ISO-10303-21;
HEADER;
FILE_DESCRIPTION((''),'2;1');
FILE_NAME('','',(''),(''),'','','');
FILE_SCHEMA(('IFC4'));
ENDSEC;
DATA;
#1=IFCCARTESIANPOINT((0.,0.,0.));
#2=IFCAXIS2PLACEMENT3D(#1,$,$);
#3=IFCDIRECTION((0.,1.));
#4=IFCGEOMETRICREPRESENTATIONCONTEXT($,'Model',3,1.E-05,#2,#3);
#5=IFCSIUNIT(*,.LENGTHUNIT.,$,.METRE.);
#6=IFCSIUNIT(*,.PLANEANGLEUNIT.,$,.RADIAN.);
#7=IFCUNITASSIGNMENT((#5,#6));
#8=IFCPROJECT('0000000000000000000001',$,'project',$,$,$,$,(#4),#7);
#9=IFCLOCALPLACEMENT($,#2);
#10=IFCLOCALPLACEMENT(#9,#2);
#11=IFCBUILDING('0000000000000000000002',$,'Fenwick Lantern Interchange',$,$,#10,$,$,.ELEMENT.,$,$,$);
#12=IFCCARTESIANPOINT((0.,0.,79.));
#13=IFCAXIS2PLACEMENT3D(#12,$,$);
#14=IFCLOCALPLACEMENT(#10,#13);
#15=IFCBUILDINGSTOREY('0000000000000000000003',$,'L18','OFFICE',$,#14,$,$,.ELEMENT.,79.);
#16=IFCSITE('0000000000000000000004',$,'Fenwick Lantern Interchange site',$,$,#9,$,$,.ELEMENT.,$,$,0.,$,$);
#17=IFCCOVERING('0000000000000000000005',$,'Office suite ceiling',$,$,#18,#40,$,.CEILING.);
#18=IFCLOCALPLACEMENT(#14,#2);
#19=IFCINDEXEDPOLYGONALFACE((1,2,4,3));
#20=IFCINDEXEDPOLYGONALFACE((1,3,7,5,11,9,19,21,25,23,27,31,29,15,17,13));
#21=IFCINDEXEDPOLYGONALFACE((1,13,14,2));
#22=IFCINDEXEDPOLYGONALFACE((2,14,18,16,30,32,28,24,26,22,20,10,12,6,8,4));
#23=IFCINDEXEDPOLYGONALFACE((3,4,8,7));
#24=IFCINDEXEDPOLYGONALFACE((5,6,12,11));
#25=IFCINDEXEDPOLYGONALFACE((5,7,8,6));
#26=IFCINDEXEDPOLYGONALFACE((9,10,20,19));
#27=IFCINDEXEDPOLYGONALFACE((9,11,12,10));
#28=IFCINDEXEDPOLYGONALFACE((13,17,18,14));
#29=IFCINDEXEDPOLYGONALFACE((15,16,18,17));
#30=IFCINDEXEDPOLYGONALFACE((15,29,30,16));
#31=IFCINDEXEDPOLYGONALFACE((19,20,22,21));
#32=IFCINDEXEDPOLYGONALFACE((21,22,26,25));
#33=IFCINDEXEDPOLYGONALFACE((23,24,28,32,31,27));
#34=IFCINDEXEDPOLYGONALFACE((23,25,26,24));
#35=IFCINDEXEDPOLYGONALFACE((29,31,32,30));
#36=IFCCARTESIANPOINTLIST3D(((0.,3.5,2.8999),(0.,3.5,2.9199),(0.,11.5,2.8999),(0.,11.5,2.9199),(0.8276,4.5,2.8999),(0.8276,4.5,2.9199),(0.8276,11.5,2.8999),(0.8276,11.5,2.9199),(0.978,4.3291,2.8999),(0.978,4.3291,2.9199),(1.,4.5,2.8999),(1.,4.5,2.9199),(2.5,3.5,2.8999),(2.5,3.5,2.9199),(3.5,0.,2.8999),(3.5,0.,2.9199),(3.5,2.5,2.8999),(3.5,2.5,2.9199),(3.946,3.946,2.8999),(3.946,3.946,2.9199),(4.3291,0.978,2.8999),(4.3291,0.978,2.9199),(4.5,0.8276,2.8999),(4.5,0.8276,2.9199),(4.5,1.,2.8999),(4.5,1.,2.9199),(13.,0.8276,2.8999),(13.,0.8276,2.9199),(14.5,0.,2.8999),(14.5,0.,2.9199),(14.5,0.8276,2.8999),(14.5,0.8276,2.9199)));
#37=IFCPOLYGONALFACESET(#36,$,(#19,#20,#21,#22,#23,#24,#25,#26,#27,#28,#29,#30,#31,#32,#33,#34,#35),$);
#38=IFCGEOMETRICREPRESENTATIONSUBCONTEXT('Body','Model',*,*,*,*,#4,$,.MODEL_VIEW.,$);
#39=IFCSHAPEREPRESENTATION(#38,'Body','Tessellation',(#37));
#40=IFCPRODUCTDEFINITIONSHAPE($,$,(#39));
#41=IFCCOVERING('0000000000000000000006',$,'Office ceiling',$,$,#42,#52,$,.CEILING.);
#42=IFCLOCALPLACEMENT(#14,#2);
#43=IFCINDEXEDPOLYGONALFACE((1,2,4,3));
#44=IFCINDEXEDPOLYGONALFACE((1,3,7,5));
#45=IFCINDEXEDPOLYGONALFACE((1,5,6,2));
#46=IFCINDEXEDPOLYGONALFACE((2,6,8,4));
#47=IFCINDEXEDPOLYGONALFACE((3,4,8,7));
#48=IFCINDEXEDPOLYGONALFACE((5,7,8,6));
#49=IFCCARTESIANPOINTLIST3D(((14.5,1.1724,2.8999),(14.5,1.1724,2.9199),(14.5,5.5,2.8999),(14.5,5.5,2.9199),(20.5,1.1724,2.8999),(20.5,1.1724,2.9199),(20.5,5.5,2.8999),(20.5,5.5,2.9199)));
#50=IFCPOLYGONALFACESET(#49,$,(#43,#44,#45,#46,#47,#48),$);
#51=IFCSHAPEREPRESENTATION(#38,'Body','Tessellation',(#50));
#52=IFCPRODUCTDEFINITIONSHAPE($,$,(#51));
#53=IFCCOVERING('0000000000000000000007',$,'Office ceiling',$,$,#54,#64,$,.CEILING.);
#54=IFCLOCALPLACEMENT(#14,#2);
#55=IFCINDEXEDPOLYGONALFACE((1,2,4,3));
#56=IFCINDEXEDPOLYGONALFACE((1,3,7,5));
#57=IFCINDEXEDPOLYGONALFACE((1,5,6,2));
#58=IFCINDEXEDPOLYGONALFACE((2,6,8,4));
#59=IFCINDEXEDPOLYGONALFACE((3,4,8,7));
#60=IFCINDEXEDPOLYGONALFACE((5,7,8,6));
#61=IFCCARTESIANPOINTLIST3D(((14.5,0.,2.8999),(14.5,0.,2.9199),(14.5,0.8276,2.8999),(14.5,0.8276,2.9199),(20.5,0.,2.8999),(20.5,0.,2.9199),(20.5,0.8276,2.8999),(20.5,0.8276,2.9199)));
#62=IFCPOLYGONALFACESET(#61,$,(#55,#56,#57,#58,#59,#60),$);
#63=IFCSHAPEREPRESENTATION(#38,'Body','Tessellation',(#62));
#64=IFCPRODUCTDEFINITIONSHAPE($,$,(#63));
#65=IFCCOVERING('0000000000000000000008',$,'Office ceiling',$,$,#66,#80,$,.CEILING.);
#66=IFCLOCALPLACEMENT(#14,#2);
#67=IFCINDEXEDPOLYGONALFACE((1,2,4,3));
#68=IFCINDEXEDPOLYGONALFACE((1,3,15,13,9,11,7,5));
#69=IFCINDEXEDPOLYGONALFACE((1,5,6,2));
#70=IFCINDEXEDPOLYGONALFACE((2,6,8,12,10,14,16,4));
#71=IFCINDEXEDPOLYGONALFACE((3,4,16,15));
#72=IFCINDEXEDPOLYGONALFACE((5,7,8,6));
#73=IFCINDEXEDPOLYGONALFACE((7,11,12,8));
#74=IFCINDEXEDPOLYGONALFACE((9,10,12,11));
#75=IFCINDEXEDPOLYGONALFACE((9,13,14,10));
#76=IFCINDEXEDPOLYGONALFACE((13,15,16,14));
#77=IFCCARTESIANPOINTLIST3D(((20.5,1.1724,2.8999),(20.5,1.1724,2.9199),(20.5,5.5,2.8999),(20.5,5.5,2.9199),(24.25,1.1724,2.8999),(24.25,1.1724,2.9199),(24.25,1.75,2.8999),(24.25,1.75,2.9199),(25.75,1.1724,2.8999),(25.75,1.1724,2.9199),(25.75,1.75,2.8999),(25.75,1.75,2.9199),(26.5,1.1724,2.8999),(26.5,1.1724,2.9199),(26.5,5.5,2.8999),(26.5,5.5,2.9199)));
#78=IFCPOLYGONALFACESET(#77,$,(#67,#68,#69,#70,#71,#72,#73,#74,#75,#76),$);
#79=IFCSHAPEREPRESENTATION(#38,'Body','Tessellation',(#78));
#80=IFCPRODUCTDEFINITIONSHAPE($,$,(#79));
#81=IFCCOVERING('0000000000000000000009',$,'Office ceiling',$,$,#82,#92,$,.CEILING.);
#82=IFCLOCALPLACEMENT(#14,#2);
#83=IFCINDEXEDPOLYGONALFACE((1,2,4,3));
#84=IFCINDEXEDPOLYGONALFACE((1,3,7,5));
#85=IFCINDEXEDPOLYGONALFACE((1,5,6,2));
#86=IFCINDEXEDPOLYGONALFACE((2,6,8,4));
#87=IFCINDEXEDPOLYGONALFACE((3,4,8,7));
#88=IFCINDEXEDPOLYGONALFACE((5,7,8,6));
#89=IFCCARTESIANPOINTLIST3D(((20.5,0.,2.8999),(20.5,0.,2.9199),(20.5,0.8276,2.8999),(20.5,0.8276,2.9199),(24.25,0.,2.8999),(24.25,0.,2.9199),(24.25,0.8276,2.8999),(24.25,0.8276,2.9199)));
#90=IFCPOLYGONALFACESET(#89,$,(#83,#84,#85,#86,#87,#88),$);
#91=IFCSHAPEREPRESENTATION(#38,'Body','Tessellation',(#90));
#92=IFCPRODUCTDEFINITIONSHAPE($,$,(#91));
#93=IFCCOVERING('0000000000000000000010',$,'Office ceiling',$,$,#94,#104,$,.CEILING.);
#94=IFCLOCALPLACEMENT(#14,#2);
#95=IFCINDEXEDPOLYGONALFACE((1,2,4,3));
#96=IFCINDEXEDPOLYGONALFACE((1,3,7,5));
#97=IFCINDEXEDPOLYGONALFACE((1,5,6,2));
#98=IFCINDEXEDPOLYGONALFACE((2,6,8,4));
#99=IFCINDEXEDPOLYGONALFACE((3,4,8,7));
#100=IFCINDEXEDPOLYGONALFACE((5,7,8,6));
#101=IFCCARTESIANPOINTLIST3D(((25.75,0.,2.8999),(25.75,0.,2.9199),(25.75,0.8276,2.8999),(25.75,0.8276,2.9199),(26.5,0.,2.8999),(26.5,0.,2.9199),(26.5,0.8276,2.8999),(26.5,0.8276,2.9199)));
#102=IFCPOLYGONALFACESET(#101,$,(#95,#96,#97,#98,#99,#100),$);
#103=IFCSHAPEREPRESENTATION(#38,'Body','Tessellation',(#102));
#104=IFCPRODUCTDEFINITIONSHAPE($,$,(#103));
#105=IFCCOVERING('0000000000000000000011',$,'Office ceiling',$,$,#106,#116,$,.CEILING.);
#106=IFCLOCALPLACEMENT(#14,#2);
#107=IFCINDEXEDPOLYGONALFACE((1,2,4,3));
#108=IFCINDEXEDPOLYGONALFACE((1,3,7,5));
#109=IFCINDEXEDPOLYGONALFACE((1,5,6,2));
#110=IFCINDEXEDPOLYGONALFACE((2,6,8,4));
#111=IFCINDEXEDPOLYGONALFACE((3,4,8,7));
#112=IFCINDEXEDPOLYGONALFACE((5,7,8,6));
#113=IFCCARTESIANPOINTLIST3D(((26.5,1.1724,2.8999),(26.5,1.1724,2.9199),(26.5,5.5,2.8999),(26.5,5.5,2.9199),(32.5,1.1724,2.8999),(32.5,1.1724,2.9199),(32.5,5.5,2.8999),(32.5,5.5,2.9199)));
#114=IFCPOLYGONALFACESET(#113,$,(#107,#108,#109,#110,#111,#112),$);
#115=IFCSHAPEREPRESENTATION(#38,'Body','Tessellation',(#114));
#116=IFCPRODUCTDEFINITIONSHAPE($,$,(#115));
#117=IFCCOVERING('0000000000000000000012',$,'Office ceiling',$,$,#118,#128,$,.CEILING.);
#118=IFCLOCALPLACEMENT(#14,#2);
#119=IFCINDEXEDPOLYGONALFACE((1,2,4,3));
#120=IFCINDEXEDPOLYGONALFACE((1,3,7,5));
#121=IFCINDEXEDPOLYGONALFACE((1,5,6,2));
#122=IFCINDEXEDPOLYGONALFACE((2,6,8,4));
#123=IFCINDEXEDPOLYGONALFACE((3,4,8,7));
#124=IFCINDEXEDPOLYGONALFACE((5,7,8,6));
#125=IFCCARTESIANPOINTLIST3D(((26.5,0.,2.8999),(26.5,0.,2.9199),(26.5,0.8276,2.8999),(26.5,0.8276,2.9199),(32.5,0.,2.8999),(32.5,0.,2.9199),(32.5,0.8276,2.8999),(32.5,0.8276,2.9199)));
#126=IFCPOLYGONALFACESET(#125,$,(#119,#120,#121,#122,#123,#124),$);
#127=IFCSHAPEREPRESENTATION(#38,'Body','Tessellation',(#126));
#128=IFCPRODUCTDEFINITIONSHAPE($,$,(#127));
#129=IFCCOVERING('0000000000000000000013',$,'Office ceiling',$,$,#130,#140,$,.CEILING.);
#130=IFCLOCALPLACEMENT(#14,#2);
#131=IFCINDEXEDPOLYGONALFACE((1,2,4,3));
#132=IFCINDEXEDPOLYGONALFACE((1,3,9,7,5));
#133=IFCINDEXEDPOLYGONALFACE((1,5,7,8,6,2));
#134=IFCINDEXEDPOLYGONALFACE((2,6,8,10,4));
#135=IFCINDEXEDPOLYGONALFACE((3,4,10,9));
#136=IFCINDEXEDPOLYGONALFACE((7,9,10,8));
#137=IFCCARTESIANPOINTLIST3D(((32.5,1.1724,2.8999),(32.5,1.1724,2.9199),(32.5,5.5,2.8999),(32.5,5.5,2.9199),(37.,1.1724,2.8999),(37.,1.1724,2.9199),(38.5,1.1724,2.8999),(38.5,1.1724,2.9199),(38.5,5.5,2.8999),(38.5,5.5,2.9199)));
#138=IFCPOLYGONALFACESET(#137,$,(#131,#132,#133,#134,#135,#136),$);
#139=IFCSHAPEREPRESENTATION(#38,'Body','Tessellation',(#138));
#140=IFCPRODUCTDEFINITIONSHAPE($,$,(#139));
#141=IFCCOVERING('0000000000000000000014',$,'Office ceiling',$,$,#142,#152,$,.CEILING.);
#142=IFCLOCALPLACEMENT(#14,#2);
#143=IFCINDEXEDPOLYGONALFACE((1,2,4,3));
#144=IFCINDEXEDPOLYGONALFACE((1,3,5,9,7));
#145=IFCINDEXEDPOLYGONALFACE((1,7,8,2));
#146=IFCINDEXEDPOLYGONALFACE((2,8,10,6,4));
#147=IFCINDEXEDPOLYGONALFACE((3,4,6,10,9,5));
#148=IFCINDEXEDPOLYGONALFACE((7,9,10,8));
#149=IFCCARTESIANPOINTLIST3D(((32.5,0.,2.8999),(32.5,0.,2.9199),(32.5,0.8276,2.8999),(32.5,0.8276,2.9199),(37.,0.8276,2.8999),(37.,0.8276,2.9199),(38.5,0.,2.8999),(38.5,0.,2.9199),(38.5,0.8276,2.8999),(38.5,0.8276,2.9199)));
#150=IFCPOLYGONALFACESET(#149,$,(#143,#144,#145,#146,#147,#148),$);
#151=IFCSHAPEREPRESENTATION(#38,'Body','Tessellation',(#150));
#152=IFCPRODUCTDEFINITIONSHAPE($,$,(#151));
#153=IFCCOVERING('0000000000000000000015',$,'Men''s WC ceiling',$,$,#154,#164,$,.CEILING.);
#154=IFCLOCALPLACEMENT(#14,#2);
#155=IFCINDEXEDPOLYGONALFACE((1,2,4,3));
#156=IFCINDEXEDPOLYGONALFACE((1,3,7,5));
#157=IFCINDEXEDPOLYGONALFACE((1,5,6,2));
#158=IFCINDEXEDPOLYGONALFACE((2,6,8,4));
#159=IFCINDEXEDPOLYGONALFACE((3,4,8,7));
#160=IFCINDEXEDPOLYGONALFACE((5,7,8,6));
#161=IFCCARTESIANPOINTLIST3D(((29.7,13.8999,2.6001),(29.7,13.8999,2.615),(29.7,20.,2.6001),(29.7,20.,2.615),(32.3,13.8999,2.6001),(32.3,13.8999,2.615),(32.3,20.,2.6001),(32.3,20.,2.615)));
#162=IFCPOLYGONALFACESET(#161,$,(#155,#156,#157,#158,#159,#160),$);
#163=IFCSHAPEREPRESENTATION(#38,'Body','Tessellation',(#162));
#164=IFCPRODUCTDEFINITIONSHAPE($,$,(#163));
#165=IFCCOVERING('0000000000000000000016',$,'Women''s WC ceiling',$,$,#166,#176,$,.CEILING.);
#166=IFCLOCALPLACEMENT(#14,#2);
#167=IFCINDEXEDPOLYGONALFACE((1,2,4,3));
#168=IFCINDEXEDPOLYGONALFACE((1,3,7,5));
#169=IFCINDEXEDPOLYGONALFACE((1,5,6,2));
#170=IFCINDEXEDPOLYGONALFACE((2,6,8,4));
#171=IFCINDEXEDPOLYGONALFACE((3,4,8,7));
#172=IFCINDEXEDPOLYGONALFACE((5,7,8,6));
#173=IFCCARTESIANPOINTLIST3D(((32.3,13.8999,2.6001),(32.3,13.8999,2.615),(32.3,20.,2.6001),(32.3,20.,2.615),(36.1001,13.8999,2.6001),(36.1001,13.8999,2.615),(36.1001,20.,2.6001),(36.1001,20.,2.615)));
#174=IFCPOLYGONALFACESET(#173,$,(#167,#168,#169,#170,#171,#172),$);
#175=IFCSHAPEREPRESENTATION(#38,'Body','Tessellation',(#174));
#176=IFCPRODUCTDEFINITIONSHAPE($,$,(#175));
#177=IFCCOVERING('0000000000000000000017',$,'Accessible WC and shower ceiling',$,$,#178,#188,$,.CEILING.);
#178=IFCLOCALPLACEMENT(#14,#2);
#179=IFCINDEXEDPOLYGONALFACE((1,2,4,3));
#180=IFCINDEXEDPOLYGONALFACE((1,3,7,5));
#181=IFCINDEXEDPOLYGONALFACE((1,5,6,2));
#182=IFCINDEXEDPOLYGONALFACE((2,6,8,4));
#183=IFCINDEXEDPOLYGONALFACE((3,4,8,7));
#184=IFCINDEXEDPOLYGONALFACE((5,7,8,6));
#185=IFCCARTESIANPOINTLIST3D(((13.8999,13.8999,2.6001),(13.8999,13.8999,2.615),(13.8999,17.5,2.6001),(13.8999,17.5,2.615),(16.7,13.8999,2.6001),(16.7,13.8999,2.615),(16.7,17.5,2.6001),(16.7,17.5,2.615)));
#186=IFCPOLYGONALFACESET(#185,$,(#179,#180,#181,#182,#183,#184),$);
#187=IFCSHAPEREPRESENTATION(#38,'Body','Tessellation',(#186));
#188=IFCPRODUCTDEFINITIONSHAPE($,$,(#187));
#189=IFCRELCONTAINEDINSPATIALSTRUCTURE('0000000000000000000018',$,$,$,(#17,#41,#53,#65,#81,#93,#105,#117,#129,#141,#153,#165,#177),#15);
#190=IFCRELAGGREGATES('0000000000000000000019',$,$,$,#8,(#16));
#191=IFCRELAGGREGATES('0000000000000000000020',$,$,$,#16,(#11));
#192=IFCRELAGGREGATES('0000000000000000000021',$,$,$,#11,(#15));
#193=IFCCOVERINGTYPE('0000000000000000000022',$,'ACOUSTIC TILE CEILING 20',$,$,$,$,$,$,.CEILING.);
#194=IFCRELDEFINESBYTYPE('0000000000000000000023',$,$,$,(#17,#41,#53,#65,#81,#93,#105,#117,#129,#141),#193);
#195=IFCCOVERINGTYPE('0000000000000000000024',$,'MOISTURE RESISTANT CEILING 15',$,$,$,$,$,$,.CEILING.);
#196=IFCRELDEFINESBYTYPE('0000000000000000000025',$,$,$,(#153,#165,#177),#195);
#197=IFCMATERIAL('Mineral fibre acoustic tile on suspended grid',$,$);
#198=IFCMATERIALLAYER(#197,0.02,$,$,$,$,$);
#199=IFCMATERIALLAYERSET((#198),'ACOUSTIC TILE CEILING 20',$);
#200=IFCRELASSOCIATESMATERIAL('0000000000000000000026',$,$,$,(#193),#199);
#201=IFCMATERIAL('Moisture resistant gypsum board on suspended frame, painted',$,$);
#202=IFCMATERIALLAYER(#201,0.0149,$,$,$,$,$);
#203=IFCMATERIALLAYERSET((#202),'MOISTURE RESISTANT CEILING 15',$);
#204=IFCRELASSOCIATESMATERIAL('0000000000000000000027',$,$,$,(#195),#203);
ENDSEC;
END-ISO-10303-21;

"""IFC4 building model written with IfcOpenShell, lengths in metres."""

from ifc_helpers import new_model, si_unit, direction, frame, origin, place, context, subcontext, project, spatial, polyline, outline, extrude, material, layer, layer_set, type_object, element, save


model = new_model("IFC4")

# Units and contexts
model_context = context("Model", 3, precision=1e-05, world=origin(), true_north=direction((0.0, 1.0)))
body_context = subcontext(model_context, "Body", "Model", "MODEL_VIEW")
ifc_project = project(units=[si_unit("LENGTHUNIT", "METRE"), si_unit("PLANEANGLEUNIT", "RADIAN")], contexts=[model_context])

# Site, building, storey
site_placement = place(None, origin())
site = spatial("IfcSite", under=ifc_project, at=site_placement, Name="Fenwick Lantern Interchange site", CompositionType="ELEMENT", RefElevation=0.0)
building_placement = place(site_placement, origin())
building = spatial("IfcBuilding", under=site, at=building_placement, Name="Fenwick Lantern Interchange", CompositionType="ELEMENT")
storey_placement = place(building_placement, frame((0.0, 0.0, 79.0)))
storey = spatial("IfcBuildingStorey", under=building, at=storey_placement, Name="L18", Description="OFFICE", CompositionType="ELEMENT", Elevation=79.0)

# Coverings
ifc_material_1 = material(Name="Mineral fibre acoustic tile on suspended grid")
ifc_layer_1 = layer(ifc_material_1, 0.02)
ifc_layer_set_1 = layer_set([ifc_layer_1], Name="ACOUSTIC TILE CEILING 20")
covering_type_1 = type_object("IfcCoveringType", Name="ACOUSTIC TILE CEILING 20", PredefinedType="CEILING", material=ifc_layer_set_1)
covering_1_placement = place(storey_placement, frame((0.0, 0.0, 2.8999)))
element("IfcCovering", 1, at=covering_1_placement, inside=storey, type_object=covering_type_1, Name="Office suite ceiling", PredefinedType="CEILING", context=body_context, shape_type="SweptSolid", body=[
    extrude(outline(polyline([(0.0, 11.5), (0.0, 3.5), (2.5, 3.5), (3.5, 2.5), (3.5, 0.0), (14.5, 0.0), (14.5, 0.8276), (13.0, 0.8276), (4.5, 0.8276), (4.5, 1.0), (4.3291, 0.978), (3.946, 3.946), (0.978, 4.3291), (1.0, 4.5), (0.8276, 4.5), (0.8276, 11.5), (0.0, 11.5)])), origin(), (0.0, 0.0, 1.0), 0.02),
])
covering_2_placement = place(storey_placement, frame((0.0, 0.0, 2.8999)))
element("IfcCovering", 2, at=covering_2_placement, inside=storey, type_object=covering_type_1, Name="Office ceiling", PredefinedType="CEILING", context=body_context, shape_type="SweptSolid", body=[
    extrude(outline(polyline([(14.5, 5.5), (14.5, 1.1724), (20.5, 1.1724), (20.5, 5.5), (14.5, 5.5)])), origin(), (0.0, 0.0, 1.0), 0.02),
])
covering_3_placement = place(storey_placement, frame((0.0, 0.0, 2.8999)))
element("IfcCovering", 3, at=covering_3_placement, inside=storey, type_object=covering_type_1, Name="Office ceiling", PredefinedType="CEILING", context=body_context, shape_type="SweptSolid", body=[
    extrude(outline(polyline([(20.5, 0.0), (20.5, 0.8276), (14.5, 0.8276), (14.5, 0.0), (20.5, 0.0)])), origin(), (0.0, 0.0, 1.0), 0.02),
])
covering_4_placement = place(storey_placement, frame((0.0, 0.0, 2.8999)))
element("IfcCovering", 4, at=covering_4_placement, inside=storey, type_object=covering_type_1, Name="Office ceiling", PredefinedType="CEILING", context=body_context, shape_type="SweptSolid", body=[
    extrude(outline(polyline([(20.5, 5.5), (20.5, 1.1724), (24.25, 1.1724), (24.25, 1.75), (25.75, 1.75), (25.75, 1.1724), (26.5, 1.1724), (26.5, 5.5), (20.5, 5.5)])), origin(), (0.0, 0.0, 1.0), 0.02),
])
covering_5_placement = place(storey_placement, frame((0.0, 0.0, 2.8999)))
element("IfcCovering", 5, at=covering_5_placement, inside=storey, type_object=covering_type_1, Name="Office ceiling", PredefinedType="CEILING", context=body_context, shape_type="SweptSolid", body=[
    extrude(outline(polyline([(20.5, 0.8276), (20.5, 0.0), (24.25, 0.0), (24.25, 0.8276), (20.5, 0.8276)])), origin(), (0.0, 0.0, 1.0), 0.02),
])
covering_6_placement = place(storey_placement, frame((0.0, 0.0, 2.8999)))
element("IfcCovering", 6, at=covering_6_placement, inside=storey, type_object=covering_type_1, Name="Office ceiling", PredefinedType="CEILING", context=body_context, shape_type="SweptSolid", body=[
    extrude(outline(polyline([(26.5, 0.0), (26.5, 0.8276), (25.75, 0.8276), (25.75, 0.0), (26.5, 0.0)])), origin(), (0.0, 0.0, 1.0), 0.02),
])
covering_7_placement = place(storey_placement, frame((0.0, 0.0, 2.8999)))
element("IfcCovering", 7, at=covering_7_placement, inside=storey, type_object=covering_type_1, Name="Office ceiling", PredefinedType="CEILING", context=body_context, shape_type="SweptSolid", body=[
    extrude(outline(polyline([(26.5, 5.5), (26.5, 1.1724), (32.5, 1.1724), (32.5, 5.5), (26.5, 5.5)])), origin(), (0.0, 0.0, 1.0), 0.02),
])
covering_8_placement = place(storey_placement, frame((0.0, 0.0, 2.8999)))
element("IfcCovering", 8, at=covering_8_placement, inside=storey, type_object=covering_type_1, Name="Office ceiling", PredefinedType="CEILING", context=body_context, shape_type="SweptSolid", body=[
    extrude(outline(polyline([(32.5, 0.0), (32.5, 0.8276), (26.5, 0.8276), (26.5, 0.0), (32.5, 0.0)])), origin(), (0.0, 0.0, 1.0), 0.02),
])
covering_9_placement = place(storey_placement, frame((0.0, 0.0, 2.8999)))
element("IfcCovering", 9, at=covering_9_placement, inside=storey, type_object=covering_type_1, Name="Office ceiling", PredefinedType="CEILING", context=body_context, shape_type="SweptSolid", body=[
    extrude(outline(polyline([(32.5, 5.5), (32.5, 1.1724), (37.0, 1.1724), (38.5, 1.1724), (38.5, 5.5), (32.5, 5.5)])), origin(), (0.0, 0.0, 1.0), 0.02),
])
covering_10_placement = place(storey_placement, frame((0.0, 0.0, 2.8999)))
element("IfcCovering", 10, at=covering_10_placement, inside=storey, type_object=covering_type_1, Name="Office ceiling", PredefinedType="CEILING", context=body_context, shape_type="SweptSolid", body=[
    extrude(outline(polyline([(38.5, 0.0), (38.5, 0.8276), (37.0, 0.8276), (32.5, 0.8276), (32.5, 0.0), (38.5, 0.0)])), origin(), (0.0, 0.0, 1.0), 0.02),
])
ifc_material_2 = material(Name="Moisture resistant gypsum board on suspended frame, painted")
ifc_layer_2 = layer(ifc_material_2, 0.0149)
ifc_layer_set_2 = layer_set([ifc_layer_2], Name="MOISTURE RESISTANT CEILING 15")
covering_type_2 = type_object("IfcCoveringType", Name="MOISTURE RESISTANT CEILING 15", PredefinedType="CEILING", material=ifc_layer_set_2)
covering_11_placement = place(storey_placement, frame((0.0, 0.0, 2.6001)))
element("IfcCovering", 11, at=covering_11_placement, inside=storey, type_object=covering_type_2, Name="Men's WC ceiling", PredefinedType="CEILING", context=body_context, shape_type="SweptSolid", body=[
    extrude(outline(polyline([(29.7, 13.8999), (32.3, 13.8999), (32.3, 20.0), (29.7, 20.0), (29.7, 13.8999)])), origin(), (0.0, 0.0, 1.0), 0.0149),
])
covering_12_placement = place(storey_placement, frame((0.0, 0.0, 2.6001)))
element("IfcCovering", 12, at=covering_12_placement, inside=storey, type_object=covering_type_2, Name="Women's WC ceiling", PredefinedType="CEILING", context=body_context, shape_type="SweptSolid", body=[
    extrude(outline(polyline([(32.3, 13.8999), (36.1001, 13.8999), (36.1001, 20.0), (32.3, 20.0), (32.3, 13.8999)])), origin(), (0.0, 0.0, 1.0), 0.0149),
])
covering_13_placement = place(storey_placement, frame((0.0, 0.0, 2.6001)))
element("IfcCovering", 13, at=covering_13_placement, inside=storey, type_object=covering_type_2, Name="Accessible WC and shower ceiling", PredefinedType="CEILING", context=body_context, shape_type="SweptSolid", body=[
    extrude(outline(polyline([(13.8999, 13.8999), (16.7, 13.8999), (16.7, 17.5), (13.8999, 17.5), (13.8999, 13.8999)])), origin(), (0.0, 0.0, 1.0), 0.0149),
])

save(model, "model.ifc")
